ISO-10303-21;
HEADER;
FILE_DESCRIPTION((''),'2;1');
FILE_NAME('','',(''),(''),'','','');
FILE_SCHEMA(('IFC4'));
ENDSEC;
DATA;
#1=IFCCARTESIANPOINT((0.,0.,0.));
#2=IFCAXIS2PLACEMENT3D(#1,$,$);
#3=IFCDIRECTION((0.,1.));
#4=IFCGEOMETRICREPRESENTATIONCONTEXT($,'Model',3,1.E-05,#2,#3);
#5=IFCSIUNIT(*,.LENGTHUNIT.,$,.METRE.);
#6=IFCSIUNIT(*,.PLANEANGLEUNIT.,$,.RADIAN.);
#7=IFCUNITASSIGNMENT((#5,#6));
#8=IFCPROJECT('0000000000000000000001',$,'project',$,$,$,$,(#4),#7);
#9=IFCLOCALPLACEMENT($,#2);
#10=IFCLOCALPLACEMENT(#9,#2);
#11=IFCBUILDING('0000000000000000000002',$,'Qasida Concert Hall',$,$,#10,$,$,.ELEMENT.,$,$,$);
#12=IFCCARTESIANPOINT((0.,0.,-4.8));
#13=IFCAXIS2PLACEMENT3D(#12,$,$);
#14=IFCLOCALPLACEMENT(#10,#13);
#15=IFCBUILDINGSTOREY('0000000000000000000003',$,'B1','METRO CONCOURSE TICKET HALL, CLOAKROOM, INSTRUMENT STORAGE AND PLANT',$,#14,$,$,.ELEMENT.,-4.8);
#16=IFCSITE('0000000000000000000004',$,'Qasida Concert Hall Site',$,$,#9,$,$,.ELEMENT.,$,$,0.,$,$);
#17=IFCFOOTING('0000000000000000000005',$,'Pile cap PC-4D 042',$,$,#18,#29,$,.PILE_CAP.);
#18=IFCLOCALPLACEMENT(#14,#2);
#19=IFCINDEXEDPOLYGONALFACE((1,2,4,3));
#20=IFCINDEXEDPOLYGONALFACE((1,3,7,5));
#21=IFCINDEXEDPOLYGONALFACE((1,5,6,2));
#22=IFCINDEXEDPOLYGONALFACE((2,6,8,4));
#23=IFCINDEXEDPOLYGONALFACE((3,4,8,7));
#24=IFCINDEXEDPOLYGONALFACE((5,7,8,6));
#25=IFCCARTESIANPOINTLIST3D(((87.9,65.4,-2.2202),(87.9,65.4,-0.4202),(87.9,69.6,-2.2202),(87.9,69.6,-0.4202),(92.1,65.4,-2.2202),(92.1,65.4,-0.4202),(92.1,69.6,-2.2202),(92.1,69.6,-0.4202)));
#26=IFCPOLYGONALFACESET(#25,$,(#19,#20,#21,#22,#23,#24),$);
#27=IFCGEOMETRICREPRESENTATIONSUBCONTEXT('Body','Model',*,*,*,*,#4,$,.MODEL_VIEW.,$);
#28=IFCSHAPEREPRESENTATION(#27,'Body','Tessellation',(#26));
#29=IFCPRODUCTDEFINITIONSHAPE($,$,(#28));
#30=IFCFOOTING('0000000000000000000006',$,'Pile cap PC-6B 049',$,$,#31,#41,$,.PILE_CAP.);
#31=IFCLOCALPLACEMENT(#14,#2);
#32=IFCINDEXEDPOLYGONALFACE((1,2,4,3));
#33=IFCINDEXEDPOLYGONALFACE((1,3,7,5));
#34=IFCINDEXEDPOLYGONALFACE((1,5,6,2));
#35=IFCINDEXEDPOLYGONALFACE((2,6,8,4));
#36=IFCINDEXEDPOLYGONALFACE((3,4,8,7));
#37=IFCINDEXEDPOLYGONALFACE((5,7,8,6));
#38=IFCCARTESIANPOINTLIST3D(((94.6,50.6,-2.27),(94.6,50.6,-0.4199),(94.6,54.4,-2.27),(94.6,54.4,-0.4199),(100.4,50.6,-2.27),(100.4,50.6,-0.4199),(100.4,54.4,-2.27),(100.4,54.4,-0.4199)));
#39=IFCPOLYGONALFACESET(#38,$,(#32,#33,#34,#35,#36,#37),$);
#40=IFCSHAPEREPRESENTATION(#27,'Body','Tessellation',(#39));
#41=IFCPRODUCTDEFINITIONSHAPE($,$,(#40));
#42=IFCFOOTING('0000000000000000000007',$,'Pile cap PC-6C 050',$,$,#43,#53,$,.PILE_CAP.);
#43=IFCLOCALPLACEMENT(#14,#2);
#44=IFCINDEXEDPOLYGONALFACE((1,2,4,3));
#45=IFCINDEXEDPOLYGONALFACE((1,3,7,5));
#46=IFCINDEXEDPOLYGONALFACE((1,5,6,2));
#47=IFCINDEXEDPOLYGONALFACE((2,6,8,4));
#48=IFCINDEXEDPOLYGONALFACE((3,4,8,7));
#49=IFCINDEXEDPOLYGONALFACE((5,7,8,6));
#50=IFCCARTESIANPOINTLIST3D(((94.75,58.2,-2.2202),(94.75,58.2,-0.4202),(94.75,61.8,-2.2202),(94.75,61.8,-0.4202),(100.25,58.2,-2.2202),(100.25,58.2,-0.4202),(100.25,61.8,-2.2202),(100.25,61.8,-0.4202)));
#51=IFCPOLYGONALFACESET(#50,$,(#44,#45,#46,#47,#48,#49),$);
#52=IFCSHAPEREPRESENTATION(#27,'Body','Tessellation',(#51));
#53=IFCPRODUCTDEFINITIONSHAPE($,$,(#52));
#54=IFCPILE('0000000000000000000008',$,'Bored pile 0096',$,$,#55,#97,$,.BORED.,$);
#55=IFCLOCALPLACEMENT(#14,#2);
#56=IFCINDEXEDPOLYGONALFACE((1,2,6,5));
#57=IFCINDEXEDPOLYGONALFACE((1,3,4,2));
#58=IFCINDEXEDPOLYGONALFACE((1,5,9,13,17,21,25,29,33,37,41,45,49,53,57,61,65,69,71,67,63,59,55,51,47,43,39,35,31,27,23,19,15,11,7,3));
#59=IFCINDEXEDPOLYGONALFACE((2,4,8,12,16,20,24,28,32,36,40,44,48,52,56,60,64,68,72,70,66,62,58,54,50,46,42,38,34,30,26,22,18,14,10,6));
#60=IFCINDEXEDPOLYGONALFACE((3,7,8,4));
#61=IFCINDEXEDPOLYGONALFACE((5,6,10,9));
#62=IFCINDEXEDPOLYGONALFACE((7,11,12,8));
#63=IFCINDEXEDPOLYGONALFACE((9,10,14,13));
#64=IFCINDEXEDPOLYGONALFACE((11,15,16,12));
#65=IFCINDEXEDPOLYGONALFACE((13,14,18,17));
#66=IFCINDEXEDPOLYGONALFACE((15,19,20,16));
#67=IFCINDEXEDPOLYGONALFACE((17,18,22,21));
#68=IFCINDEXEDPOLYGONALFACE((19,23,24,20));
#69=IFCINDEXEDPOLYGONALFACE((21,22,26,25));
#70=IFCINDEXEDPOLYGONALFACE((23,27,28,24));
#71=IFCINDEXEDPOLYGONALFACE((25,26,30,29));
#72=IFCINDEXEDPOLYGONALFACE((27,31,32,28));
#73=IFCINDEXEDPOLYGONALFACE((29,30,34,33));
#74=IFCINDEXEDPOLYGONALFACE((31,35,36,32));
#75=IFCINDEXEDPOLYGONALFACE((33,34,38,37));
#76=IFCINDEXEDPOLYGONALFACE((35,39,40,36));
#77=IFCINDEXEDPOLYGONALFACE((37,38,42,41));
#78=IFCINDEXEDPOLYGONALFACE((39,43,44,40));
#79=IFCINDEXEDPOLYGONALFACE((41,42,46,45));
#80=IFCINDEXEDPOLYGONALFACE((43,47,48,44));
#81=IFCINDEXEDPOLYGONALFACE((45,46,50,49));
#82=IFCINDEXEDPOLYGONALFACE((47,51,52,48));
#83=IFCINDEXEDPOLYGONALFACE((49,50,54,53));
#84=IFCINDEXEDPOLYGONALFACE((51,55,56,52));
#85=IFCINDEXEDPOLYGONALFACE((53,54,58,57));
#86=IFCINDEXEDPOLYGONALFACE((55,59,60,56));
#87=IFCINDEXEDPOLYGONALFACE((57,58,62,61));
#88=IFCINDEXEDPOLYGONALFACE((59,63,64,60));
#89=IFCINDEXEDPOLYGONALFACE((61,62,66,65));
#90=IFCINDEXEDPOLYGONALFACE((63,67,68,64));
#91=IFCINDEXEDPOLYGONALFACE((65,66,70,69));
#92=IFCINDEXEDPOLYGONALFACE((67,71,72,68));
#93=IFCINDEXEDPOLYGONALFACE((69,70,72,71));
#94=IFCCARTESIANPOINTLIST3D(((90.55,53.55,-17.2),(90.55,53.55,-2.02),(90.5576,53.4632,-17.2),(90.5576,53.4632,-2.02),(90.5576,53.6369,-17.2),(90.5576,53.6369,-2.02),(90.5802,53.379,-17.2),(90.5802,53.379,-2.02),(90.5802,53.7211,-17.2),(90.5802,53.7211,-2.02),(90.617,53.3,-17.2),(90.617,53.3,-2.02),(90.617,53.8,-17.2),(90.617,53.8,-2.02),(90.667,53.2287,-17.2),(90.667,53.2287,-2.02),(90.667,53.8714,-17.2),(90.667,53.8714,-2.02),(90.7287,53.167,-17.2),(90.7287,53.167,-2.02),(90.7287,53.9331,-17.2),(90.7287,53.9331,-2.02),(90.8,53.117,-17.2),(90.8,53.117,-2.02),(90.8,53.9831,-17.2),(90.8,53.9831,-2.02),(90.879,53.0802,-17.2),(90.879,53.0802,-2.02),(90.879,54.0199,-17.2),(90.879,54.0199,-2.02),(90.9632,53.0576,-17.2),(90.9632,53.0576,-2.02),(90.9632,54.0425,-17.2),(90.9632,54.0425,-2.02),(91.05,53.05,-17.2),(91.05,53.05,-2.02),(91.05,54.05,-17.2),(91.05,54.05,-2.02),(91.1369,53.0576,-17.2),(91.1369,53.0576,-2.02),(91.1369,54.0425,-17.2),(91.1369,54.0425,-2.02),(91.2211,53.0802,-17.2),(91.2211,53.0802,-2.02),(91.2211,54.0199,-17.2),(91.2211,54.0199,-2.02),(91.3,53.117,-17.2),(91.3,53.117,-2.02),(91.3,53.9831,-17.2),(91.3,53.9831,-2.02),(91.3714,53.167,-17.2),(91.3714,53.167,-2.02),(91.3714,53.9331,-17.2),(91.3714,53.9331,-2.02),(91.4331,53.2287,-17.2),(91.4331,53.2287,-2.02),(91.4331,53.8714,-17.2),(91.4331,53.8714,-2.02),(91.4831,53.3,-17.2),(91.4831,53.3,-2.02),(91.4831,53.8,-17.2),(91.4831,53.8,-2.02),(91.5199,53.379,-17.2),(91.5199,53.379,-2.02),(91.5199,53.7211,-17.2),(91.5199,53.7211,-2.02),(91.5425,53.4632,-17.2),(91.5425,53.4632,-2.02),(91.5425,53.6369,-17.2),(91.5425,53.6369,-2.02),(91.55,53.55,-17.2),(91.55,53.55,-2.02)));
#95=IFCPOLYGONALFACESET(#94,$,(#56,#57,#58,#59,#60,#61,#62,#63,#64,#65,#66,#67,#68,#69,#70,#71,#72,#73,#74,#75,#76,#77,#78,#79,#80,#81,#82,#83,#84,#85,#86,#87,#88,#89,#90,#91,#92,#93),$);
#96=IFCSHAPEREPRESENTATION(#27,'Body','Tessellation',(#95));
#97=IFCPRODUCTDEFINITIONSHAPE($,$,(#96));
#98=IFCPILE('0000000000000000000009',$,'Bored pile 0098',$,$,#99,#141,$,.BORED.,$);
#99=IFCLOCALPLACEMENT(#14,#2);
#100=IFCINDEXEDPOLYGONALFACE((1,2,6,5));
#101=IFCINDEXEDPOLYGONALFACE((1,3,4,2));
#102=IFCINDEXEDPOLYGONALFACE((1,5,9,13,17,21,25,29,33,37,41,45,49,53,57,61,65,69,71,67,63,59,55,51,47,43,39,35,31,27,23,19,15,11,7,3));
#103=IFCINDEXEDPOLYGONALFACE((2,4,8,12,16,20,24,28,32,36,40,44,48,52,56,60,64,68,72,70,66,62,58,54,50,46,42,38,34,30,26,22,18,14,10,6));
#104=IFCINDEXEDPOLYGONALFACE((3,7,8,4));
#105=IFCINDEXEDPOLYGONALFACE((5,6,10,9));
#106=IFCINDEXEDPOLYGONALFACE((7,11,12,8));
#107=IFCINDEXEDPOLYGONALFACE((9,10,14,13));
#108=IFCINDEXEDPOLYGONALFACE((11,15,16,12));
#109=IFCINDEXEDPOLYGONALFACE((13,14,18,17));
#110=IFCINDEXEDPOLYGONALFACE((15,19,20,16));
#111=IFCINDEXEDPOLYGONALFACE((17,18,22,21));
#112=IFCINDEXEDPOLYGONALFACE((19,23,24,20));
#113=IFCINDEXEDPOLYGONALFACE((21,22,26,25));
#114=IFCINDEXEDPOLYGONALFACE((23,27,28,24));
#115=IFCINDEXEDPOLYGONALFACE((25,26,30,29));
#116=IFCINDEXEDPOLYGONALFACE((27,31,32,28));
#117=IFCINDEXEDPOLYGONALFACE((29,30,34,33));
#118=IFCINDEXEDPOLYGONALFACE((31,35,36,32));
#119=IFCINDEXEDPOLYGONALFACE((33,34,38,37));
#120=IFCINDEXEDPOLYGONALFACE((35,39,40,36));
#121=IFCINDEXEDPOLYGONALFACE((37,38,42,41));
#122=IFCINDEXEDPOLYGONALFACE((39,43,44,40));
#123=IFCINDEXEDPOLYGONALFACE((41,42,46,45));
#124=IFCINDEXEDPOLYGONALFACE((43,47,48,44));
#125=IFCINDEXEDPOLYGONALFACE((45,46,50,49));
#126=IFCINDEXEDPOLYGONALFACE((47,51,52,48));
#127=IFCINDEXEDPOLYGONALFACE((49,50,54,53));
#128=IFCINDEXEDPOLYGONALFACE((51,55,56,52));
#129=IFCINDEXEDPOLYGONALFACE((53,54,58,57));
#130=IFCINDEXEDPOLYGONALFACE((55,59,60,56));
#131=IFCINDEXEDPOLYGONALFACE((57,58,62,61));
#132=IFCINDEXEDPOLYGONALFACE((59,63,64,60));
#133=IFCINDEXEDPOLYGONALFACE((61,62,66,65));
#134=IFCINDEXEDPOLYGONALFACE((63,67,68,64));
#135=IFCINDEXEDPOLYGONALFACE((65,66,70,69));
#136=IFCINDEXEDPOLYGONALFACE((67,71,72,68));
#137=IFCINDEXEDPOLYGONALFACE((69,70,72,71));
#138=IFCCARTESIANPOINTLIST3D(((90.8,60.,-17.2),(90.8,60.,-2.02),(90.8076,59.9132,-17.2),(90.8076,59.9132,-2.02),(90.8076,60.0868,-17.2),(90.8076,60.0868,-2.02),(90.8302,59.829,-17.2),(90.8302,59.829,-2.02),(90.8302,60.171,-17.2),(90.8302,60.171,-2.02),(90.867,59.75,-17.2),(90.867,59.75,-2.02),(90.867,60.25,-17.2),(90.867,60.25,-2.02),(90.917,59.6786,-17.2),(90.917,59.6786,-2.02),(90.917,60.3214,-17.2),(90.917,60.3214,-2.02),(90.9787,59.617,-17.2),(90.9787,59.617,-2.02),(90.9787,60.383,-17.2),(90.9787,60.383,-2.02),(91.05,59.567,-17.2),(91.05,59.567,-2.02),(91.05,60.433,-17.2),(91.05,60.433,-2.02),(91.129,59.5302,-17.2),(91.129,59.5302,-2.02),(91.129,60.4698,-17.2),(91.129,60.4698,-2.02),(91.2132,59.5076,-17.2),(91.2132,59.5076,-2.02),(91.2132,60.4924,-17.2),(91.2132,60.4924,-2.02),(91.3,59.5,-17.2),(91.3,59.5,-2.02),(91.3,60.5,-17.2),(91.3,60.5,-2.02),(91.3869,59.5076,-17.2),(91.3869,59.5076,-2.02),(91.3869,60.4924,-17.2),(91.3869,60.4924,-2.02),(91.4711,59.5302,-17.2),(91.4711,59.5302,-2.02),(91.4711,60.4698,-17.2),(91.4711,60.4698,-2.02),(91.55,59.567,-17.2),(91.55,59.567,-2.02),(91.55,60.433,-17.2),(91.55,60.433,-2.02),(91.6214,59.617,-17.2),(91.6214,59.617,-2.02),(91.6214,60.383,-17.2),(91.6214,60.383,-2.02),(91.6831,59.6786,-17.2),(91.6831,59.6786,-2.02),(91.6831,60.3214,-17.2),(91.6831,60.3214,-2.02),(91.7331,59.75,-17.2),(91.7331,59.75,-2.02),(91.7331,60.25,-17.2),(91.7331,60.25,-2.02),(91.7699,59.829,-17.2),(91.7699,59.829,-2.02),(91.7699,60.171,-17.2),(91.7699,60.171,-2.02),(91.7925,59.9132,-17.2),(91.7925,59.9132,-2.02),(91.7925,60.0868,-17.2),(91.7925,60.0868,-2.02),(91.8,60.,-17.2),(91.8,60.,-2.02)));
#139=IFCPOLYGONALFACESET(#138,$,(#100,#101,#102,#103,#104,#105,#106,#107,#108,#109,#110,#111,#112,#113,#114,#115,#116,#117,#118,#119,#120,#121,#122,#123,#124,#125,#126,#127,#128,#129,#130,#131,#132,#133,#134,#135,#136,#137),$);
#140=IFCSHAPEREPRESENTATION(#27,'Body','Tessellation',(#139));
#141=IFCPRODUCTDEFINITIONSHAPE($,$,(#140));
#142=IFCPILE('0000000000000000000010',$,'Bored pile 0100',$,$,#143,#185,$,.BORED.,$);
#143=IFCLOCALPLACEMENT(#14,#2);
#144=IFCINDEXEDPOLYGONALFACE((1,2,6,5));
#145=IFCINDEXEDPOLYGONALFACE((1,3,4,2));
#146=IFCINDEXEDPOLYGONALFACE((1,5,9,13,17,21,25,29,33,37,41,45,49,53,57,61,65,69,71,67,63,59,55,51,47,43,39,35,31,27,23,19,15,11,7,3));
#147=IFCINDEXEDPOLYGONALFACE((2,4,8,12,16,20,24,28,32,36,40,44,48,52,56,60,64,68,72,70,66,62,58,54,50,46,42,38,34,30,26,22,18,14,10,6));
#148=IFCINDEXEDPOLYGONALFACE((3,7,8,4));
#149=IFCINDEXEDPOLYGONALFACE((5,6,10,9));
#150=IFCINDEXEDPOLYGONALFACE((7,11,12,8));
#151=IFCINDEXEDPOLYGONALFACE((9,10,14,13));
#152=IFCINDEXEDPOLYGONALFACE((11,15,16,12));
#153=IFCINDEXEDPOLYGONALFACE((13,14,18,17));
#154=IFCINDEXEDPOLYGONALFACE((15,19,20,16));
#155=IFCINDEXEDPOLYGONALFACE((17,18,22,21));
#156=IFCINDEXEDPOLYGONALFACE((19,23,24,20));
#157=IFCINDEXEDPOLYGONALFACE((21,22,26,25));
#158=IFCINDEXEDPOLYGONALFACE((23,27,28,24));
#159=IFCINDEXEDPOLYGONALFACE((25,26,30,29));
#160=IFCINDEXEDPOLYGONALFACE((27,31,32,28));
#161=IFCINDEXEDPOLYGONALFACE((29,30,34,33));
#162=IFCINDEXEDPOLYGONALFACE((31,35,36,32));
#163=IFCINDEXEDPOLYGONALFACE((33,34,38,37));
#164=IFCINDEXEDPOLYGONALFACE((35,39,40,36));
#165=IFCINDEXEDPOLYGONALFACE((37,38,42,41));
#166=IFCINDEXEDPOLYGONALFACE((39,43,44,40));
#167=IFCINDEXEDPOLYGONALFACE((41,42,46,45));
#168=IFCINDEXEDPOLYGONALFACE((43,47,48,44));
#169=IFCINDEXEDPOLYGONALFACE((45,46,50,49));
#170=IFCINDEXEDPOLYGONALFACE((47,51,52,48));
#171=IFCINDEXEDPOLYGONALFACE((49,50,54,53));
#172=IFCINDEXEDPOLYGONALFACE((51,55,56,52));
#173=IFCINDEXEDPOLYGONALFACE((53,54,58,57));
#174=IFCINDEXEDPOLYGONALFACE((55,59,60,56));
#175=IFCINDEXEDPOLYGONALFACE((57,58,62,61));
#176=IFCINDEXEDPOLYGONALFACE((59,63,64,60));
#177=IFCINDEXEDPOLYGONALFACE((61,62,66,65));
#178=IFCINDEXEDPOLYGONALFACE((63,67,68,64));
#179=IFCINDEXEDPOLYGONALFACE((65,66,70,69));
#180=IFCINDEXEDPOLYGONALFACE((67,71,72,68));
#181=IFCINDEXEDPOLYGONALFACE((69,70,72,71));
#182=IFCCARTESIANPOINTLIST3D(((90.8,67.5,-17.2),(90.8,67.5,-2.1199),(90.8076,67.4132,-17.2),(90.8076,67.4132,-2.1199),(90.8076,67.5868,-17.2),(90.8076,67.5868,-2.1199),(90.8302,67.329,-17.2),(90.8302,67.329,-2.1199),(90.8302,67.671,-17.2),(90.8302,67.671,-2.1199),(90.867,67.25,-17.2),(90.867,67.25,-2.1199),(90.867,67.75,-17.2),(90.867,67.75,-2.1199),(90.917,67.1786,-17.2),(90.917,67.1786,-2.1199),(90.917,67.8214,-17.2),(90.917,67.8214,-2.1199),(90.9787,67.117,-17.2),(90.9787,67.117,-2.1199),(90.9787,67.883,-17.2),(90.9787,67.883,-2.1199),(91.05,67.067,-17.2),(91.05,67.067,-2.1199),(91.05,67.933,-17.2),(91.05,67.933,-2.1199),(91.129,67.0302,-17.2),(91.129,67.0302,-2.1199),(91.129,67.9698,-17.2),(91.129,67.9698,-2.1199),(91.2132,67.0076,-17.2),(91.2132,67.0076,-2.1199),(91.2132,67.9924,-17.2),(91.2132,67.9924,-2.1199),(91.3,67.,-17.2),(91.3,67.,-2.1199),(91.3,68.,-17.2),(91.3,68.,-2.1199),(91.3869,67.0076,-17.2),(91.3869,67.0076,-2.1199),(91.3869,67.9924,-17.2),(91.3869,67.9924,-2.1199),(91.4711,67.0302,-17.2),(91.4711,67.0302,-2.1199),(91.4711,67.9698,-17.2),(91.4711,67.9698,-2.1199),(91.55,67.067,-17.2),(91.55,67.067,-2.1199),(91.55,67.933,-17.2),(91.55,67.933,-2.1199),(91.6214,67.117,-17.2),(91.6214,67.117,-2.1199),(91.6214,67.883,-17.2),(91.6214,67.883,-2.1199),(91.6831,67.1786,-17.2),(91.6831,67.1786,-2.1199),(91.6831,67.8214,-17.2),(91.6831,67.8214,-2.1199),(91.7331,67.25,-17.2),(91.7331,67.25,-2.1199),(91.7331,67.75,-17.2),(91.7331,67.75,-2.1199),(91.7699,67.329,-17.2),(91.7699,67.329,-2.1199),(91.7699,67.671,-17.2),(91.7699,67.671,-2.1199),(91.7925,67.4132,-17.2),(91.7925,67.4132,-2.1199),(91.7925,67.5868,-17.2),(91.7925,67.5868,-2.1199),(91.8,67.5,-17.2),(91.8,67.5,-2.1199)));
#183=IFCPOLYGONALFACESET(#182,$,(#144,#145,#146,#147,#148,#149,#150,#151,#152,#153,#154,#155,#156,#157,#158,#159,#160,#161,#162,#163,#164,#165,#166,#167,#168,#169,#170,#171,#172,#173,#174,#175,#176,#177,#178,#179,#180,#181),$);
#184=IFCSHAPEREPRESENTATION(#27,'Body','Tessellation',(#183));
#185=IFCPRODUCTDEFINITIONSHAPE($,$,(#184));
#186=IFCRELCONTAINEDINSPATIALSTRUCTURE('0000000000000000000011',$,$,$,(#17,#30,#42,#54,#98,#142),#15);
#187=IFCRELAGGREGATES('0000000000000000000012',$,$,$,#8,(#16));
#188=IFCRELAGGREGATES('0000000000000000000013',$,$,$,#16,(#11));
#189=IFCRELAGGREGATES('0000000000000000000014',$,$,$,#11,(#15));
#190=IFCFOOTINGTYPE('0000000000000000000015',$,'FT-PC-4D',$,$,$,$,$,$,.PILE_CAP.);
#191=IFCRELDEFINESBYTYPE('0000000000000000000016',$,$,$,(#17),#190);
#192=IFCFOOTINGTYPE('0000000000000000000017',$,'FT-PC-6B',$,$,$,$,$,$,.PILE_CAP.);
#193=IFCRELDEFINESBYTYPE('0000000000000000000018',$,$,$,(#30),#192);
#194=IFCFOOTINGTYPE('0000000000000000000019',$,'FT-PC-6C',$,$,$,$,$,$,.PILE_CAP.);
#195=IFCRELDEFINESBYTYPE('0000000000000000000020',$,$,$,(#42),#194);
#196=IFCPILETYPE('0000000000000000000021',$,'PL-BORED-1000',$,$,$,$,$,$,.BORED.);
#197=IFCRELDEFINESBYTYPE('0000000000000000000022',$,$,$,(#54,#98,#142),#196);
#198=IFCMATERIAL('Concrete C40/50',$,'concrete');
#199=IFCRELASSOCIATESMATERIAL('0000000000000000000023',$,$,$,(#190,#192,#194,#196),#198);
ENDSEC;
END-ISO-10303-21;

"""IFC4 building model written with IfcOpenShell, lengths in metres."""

from ifc_helpers import new_model, si_unit, direction, frame, origin, origin_2d, place, context, subcontext, project, spatial, rectangle, circle, extrude, material, material_profile, profile_set, type_object, element, save


model = new_model("IFC4")

# Units and contexts
model_context = context("Model", 3, precision=1e-05, world=origin(), true_north=direction((0.0, 1.0)))
body_context = subcontext(model_context, "Body", "Model", "MODEL_VIEW")
ifc_project = project(units=[si_unit("LENGTHUNIT", "METRE"), si_unit("PLANEANGLEUNIT", "RADIAN")], contexts=[model_context])

# Site, building, storey
site_placement = place(None, origin())
site = spatial("IfcSite", under=ifc_project, at=site_placement, Name="Qasida Concert Hall Site", CompositionType="ELEMENT", RefElevation=0.0)
building_placement = place(site_placement, origin())
building = spatial("IfcBuilding", under=site, at=building_placement, Name="Qasida Concert Hall", CompositionType="ELEMENT")
storey_placement = place(building_placement, frame((0.0, 0.0, -4.8)))
storey = spatial("IfcBuildingStorey", under=building, at=storey_placement, Name="B1", Description="METRO CONCOURSE TICKET HALL, CLOAKROOM, INSTRUMENT STORAGE AND PLANT", CompositionType="ELEMENT", Elevation=-4.8)

# Footings
ifc_material_1 = material(Name="Concrete C40/50", Category="concrete")
footing_type_1 = type_object("IfcFootingType", Name="FT-PC-4D", PredefinedType="PILE_CAP", material=ifc_material_1)
footing_1_placement = place(storey_placement, frame((90.0, 67.5, -2.2202), z_axis=(0.0, 0.0, 1.0), x_axis=(1.0, 0.0, 0.0)))
element("IfcFooting", 1, at=footing_1_placement, inside=storey, type_object=footing_type_1, Name="Pile cap PC-4D 042", PredefinedType="PILE_CAP", context=body_context, shape_type="SweptSolid", body=[
    extrude(rectangle(XDim=4.2, YDim=4.2, at=origin_2d()), origin(), (0.0, 0.0, 1.0), 1.8),
])
footing_type_2 = type_object("IfcFootingType", Name="FT-PC-6B", PredefinedType="PILE_CAP", material=ifc_material_1)
footing_2_placement = place(storey_placement, frame((97.5, 52.5, -2.27), z_axis=(0.0, 0.0, 1.0), x_axis=(1.0, 0.0, 0.0)))
element("IfcFooting", 2, at=footing_2_placement, inside=storey, type_object=footing_type_2, Name="Pile cap PC-6B 049", PredefinedType="PILE_CAP", context=body_context, shape_type="SweptSolid", body=[
    extrude(rectangle(XDim=5.8, YDim=3.8, at=origin_2d()), origin(), (0.0, 0.0, 1.0), 1.8501),
])
footing_type_3 = type_object("IfcFootingType", Name="FT-PC-6C", PredefinedType="PILE_CAP", material=ifc_material_1)
footing_3_placement = place(storey_placement, frame((97.5, 60.0, -2.2202), z_axis=(0.0, 0.0, 1.0), x_axis=(1.0, 0.0, 0.0)))
element("IfcFooting", 3, at=footing_3_placement, inside=storey, type_object=footing_type_3, Name="Pile cap PC-6C 050", PredefinedType="PILE_CAP", context=body_context, shape_type="SweptSolid", body=[
    extrude(rectangle(XDim=5.5, YDim=3.6001, at=origin_2d()), origin(), (0.0, 0.0, 1.0), 1.8),
])

# Piles
ifc_material_profile_1 = material_profile(ifc_material_1, circle(Radius=0.5, at=origin_2d()), Name="BORED PILE D1000")
ifc_profile_set_1 = profile_set([ifc_material_profile_1], Name="Concrete C40/50")
pile_type_1 = type_object("IfcPileType", Name="PL-BORED-1000", PredefinedType="BORED", material=ifc_profile_set_1)
for number, where, z_axis, x_axis, name in (
    (4, (91.05, 53.55, -2.02), (0.0, 0.0, -1.0), (1.0, 0.0, 0.0), "Bored pile 0096"),
    (5, (91.3, 60.0, -2.02), (0.0, 0.0, -1.0), (1.0, 0.0, 0.0), "Bored pile 0098"),
):
    element("IfcPile", number, at=place(storey_placement, frame(where, z_axis=z_axis, x_axis=x_axis)), inside=storey, type_object=pile_type_1, Name=name, PredefinedType="BORED", context=body_context, shape_type="SweptSolid", body=[
        extrude(circle(Radius=0.5, at=origin_2d()), origin(), (0.0, 0.0, 1.0), 15.1799),
    ])
pile_1_placement = place(storey_placement, frame((91.3, 67.5, -2.1199), z_axis=(0.0, 0.0, -1.0), x_axis=(1.0, 0.0, 0.0)))
element("IfcPile", 6, at=pile_1_placement, inside=storey, type_object=pile_type_1, Name="Bored pile 0100", PredefinedType="BORED", context=body_context, shape_type="SweptSolid", body=[
    extrude(circle(Radius=0.5, at=origin_2d()), origin(), (0.0, 0.0, 1.0), 15.0801),
])

save(model, "model.ifc")
